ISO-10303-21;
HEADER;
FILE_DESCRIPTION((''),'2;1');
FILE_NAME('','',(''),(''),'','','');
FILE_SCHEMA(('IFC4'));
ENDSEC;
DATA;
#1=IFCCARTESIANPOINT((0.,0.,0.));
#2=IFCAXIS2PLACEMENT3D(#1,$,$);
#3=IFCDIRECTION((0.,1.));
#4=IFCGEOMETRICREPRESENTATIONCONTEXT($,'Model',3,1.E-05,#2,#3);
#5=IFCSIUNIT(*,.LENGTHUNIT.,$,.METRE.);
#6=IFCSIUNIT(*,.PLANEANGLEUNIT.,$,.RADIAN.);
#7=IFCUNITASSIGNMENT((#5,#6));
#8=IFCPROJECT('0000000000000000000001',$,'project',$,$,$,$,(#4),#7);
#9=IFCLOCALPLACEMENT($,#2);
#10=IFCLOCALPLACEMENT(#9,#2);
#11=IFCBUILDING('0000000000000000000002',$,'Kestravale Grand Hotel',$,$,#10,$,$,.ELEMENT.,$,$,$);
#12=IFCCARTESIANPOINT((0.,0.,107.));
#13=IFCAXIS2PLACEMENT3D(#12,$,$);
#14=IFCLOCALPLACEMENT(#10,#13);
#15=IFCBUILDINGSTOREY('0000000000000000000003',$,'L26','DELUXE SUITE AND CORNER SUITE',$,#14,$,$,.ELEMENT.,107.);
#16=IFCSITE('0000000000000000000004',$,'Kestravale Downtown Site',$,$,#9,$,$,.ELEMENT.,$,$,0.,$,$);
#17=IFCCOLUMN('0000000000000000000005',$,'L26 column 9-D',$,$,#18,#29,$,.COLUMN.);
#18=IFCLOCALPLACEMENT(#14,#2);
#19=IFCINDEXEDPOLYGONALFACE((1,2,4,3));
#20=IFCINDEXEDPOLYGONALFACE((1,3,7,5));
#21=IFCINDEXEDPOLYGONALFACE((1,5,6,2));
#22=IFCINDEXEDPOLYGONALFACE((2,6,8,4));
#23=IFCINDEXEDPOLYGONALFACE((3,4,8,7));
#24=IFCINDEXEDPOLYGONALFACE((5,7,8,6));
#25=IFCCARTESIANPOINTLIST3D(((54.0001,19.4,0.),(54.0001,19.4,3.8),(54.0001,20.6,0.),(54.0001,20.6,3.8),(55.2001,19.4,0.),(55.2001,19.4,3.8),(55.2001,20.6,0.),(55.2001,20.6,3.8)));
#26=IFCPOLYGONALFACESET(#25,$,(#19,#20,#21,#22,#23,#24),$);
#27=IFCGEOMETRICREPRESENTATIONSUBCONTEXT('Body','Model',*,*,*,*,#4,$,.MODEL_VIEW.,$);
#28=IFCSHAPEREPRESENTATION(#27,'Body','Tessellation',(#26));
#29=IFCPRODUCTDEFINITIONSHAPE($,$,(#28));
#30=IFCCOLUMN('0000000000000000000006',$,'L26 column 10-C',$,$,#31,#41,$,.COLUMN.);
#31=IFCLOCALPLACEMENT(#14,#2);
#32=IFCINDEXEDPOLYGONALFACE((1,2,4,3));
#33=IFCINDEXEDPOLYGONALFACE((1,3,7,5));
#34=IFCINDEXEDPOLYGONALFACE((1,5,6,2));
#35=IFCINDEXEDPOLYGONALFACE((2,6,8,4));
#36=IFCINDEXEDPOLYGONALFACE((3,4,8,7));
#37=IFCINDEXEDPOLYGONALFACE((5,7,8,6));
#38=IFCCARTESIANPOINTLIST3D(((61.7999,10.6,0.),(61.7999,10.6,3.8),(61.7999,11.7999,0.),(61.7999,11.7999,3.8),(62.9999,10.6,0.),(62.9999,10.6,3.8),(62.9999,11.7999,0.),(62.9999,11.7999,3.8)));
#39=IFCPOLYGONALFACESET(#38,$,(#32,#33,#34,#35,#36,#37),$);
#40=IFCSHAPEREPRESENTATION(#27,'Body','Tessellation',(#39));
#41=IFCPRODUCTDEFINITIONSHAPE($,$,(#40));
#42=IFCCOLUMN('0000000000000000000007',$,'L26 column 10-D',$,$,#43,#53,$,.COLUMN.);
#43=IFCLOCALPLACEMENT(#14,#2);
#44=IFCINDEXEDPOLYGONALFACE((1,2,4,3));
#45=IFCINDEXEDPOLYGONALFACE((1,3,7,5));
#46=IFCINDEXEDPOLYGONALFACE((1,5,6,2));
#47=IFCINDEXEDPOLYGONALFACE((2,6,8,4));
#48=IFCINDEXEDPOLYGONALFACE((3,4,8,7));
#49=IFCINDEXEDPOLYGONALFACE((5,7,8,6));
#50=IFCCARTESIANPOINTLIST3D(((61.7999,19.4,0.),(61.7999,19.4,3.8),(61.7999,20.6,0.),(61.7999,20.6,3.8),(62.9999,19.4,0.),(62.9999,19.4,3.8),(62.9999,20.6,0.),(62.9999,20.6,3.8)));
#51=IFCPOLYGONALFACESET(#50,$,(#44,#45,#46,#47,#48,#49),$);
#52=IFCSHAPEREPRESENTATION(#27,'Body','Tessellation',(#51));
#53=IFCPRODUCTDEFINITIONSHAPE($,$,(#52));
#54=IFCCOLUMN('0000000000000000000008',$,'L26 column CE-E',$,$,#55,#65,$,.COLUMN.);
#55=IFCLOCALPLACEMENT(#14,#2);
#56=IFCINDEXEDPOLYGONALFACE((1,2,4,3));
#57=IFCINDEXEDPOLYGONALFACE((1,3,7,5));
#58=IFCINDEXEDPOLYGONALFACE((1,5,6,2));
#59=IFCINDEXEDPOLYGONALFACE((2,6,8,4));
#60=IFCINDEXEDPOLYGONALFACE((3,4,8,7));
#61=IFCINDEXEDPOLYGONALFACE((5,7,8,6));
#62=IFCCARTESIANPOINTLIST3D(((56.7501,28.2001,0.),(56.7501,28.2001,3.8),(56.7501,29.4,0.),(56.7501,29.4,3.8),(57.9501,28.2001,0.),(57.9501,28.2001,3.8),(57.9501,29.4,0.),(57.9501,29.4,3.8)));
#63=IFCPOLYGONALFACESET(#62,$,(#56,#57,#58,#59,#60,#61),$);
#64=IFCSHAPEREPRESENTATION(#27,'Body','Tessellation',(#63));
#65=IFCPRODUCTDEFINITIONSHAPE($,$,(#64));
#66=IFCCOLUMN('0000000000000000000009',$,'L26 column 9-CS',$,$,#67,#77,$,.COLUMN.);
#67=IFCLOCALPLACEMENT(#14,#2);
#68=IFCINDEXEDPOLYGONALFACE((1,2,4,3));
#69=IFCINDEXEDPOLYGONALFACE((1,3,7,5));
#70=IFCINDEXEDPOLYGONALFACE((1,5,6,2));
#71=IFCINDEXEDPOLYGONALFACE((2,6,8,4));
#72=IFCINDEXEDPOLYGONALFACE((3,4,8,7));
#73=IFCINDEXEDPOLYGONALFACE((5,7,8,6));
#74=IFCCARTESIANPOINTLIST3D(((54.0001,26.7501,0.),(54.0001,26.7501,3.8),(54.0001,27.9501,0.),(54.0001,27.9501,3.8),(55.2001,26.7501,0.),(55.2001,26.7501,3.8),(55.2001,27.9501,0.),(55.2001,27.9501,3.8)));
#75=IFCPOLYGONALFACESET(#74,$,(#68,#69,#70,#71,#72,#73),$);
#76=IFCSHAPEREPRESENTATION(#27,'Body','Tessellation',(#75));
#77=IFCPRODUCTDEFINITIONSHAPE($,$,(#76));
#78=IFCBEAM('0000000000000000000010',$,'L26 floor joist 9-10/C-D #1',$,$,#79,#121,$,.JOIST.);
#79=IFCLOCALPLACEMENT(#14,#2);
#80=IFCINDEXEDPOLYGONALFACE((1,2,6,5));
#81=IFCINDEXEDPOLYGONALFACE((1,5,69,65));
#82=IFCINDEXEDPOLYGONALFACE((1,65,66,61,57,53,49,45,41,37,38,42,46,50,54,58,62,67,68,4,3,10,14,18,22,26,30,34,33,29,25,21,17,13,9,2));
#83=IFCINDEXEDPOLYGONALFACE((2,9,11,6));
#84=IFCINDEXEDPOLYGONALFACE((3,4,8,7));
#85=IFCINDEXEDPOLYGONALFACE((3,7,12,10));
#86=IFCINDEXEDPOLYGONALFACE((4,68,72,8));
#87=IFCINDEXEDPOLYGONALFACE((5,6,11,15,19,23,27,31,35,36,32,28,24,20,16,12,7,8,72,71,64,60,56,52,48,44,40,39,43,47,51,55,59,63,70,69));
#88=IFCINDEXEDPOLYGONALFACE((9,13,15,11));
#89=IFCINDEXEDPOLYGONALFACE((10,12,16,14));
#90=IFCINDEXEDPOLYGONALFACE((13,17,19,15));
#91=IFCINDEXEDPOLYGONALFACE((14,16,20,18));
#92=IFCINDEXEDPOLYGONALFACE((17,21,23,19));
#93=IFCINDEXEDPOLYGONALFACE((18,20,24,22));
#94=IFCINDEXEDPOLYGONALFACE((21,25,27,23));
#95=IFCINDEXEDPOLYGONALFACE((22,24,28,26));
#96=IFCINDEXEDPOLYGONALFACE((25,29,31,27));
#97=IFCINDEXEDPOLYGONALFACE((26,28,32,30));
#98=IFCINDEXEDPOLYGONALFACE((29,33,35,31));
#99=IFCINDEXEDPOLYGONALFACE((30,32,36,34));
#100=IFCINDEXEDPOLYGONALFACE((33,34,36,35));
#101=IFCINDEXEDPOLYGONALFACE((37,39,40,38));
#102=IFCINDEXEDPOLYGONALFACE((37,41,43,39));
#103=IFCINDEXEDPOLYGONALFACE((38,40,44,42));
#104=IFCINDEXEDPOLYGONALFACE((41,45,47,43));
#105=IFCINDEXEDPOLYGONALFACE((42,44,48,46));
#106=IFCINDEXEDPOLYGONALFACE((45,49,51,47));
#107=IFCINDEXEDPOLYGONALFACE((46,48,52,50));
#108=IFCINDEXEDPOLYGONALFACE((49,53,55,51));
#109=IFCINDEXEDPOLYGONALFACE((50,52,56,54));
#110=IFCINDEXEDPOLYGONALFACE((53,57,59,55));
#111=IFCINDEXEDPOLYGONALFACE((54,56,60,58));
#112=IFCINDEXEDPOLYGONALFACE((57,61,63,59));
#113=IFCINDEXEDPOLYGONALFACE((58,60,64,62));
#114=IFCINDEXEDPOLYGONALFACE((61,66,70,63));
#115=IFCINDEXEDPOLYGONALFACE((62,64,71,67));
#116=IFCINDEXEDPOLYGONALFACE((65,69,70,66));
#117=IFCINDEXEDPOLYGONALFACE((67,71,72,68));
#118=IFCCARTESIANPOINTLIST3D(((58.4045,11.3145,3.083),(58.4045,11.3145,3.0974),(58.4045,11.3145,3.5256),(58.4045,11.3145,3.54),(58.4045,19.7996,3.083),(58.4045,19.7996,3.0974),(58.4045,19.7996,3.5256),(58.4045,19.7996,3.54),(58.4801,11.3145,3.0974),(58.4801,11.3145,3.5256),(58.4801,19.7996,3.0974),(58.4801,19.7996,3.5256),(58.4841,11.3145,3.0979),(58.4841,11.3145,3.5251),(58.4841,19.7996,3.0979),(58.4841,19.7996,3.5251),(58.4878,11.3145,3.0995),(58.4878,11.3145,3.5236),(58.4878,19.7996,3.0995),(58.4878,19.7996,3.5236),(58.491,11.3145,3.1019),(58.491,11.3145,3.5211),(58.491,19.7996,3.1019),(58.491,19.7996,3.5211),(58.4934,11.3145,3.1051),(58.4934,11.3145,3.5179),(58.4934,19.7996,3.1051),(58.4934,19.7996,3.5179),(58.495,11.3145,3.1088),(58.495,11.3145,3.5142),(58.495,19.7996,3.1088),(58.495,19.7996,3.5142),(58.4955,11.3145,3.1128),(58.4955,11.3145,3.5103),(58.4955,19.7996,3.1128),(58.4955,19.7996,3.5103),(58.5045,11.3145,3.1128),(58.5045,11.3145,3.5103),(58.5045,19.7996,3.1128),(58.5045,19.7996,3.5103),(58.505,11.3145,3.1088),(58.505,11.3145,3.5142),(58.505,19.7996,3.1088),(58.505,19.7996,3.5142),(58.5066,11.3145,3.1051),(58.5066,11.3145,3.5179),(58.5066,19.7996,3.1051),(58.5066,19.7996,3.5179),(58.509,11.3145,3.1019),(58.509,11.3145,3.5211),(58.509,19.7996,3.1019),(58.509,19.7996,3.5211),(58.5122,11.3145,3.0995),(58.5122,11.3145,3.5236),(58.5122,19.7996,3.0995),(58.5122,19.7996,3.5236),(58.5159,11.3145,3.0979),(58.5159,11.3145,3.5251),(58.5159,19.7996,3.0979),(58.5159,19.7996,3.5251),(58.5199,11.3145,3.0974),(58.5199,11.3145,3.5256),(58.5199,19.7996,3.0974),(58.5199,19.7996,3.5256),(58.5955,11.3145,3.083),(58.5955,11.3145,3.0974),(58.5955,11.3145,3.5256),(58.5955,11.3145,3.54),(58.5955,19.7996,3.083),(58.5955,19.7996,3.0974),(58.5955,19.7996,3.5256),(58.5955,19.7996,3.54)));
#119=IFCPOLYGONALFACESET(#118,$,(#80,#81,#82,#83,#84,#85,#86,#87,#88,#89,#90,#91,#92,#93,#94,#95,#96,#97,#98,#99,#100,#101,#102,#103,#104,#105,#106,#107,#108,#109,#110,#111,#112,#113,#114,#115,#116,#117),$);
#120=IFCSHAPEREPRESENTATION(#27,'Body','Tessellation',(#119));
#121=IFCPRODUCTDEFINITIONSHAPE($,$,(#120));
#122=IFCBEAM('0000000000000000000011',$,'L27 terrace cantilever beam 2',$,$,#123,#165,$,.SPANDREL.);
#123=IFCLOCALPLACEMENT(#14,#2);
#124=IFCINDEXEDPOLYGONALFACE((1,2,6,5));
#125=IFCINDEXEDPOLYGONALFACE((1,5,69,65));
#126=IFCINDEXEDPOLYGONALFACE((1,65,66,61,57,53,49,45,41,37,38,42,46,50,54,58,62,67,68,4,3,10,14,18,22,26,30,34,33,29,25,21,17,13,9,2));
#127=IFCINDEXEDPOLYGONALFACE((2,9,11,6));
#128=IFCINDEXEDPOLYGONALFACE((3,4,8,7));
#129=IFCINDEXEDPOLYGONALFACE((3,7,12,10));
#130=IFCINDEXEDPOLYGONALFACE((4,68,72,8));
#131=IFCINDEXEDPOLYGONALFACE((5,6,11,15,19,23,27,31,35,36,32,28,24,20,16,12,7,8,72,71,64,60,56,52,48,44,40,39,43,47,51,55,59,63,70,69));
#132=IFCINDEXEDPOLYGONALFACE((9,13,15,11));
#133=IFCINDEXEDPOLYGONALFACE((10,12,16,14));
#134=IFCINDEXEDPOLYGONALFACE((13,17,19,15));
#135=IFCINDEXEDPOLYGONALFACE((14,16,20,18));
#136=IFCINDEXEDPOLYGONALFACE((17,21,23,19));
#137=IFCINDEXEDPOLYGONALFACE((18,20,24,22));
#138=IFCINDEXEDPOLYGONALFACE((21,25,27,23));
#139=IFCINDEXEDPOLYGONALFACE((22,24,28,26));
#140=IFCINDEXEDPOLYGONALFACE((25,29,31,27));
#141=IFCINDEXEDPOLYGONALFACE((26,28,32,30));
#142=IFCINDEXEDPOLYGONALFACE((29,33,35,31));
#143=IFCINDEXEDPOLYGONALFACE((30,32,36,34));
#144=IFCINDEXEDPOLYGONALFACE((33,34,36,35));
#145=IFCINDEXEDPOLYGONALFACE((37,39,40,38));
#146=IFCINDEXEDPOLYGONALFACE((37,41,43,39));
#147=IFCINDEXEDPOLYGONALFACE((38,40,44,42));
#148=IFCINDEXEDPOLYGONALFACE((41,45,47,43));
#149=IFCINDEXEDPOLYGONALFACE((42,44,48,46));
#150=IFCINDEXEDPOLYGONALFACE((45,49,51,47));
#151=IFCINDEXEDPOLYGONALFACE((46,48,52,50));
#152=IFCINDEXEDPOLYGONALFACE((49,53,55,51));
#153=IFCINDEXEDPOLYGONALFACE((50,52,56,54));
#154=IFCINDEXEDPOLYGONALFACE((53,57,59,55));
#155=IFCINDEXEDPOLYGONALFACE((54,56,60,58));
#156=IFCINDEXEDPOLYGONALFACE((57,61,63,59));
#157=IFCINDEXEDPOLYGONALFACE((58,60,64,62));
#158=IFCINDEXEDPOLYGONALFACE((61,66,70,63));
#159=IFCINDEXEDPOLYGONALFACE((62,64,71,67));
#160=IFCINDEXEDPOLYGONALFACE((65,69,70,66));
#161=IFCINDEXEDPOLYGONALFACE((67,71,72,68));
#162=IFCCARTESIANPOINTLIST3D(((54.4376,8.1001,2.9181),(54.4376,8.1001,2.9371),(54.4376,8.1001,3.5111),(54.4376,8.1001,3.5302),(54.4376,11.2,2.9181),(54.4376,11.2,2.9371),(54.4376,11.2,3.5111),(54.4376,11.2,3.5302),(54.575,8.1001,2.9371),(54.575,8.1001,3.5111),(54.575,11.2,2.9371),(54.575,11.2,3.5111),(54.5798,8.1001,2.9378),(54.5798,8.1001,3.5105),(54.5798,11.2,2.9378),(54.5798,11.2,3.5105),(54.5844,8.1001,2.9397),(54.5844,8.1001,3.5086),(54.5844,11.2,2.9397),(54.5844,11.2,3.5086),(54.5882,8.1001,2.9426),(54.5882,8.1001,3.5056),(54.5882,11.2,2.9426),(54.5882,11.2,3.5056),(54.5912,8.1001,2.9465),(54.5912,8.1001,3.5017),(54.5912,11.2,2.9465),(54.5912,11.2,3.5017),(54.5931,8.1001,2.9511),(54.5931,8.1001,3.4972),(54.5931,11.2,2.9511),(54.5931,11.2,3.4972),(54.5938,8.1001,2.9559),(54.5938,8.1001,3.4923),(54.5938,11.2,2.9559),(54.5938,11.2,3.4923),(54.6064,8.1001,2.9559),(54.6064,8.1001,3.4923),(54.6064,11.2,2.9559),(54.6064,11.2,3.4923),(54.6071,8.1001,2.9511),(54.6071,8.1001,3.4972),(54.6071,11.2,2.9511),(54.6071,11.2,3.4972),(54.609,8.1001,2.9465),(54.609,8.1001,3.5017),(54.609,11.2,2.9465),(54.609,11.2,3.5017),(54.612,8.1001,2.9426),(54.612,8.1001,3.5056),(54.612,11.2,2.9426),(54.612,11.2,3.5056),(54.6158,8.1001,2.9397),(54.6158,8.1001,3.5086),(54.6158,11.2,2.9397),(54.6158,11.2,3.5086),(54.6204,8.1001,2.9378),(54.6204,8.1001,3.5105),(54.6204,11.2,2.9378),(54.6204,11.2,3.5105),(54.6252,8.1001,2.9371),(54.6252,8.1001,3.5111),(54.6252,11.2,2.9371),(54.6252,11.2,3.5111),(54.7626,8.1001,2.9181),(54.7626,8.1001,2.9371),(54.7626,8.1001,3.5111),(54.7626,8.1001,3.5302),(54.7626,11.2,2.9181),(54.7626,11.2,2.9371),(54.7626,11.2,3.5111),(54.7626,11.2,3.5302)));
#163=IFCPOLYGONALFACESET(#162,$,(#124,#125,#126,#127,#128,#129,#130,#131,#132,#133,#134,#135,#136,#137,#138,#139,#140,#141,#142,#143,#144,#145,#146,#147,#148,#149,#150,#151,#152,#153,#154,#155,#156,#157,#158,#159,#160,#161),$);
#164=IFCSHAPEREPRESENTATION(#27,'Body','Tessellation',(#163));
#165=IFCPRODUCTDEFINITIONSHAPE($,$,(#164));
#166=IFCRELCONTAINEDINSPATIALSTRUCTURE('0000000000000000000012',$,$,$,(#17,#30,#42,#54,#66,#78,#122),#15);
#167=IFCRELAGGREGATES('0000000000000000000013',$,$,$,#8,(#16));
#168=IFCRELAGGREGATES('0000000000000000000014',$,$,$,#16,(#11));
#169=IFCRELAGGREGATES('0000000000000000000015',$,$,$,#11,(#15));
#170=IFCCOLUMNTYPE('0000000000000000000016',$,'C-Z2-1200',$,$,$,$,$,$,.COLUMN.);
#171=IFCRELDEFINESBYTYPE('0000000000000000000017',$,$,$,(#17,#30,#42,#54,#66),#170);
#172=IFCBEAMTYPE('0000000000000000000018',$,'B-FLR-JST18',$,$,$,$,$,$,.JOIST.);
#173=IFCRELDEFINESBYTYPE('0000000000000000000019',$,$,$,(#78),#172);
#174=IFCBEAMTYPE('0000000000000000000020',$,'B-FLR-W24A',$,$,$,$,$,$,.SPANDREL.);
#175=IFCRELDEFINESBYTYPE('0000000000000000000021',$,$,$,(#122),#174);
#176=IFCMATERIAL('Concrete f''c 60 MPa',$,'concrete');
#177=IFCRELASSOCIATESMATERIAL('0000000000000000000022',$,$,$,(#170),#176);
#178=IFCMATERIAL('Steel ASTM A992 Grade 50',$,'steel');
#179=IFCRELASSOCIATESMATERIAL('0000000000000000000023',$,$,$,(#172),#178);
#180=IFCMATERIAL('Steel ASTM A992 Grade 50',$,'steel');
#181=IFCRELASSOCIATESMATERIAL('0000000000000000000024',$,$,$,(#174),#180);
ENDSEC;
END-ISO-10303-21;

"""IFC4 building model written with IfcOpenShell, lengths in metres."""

from ifc_helpers import new_model, si_unit, direction, frame, origin, origin_2d, place, context, subcontext, project, spatial, rectangle, i_section, extrude, material, material_profile, profile_set, type_object, element, save


model = new_model("IFC4")

# Units and contexts
model_context = context("Model", 3, precision=1e-05, world=origin(), true_north=direction((0.0, 1.0)))
body_context = subcontext(model_context, "Body", "Model", "MODEL_VIEW")
ifc_project = project(units=[si_unit("LENGTHUNIT", "METRE"), si_unit("PLANEANGLEUNIT", "RADIAN")], contexts=[model_context])

# Site, building, storey
site_placement = place(None, origin())
site = spatial("IfcSite", under=ifc_project, at=site_placement, Name="Kestravale Downtown Site", CompositionType="ELEMENT", RefElevation=0.0)
building_placement = place(site_placement, origin())
building = spatial("IfcBuilding", under=site, at=building_placement, Name="Kestravale Grand Hotel", CompositionType="ELEMENT")
storey_placement = place(building_placement, frame((0.0, 0.0, 107.0)))
storey = spatial("IfcBuildingStorey", under=building, at=storey_placement, Name="L26", Description="DELUXE SUITE AND CORNER SUITE", CompositionType="ELEMENT", Elevation=107.0)

# Columns
ifc_material_1 = material(Name="Concrete f'c 60 MPa", Category="concrete")
ifc_material_profile_1 = material_profile(ifc_material_1, rectangle(XDim=1.2, YDim=1.2, at=origin_2d()))
ifc_profile_set_1 = profile_set([ifc_material_profile_1], Name="Concrete f'c 60 MPa")
column_type = type_object("IfcColumnType", Name="C-Z2-1200", PredefinedType="COLUMN", material=ifc_profile_set_1)
for number, where, z_axis, x_axis, name in (
    (1, (54.6001, 20.0, 0.0), (0.0, 0.0, 1.0), (1.0, 0.0, 0.0), "L26 column 9-D"),
    (2, (62.3999, 11.2, 0.0), (0.0, 0.0, 1.0), (1.0, 0.0, 0.0), "L26 column 10-C"),
    (3, (62.3999, 20.0, 0.0), (0.0, 0.0, 1.0), (1.0, 0.0, 0.0), "L26 column 10-D"),
    (4, (57.3501, 28.8, 0.0), (0.0, 0.0, 1.0), (1.0, 0.0, 0.0), "L26 column CE-E"),
    (5, (54.6001, 27.3501, 0.0), (0.0, 0.0, 1.0), (1.0, 0.0, 0.0), "L26 column 9-CS"),
):
    element("IfcColumn", number, at=place(storey_placement, frame(where, z_axis=z_axis, x_axis=x_axis)), inside=storey, type_object=column_type, Name=name, PredefinedType="COLUMN", context=body_context, shape_type="SweptSolid", body=[
        extrude(rectangle(XDim=1.2, YDim=1.2, at=origin_2d()), origin(), (0.0, 0.0, 1.0), 3.8),
    ])

# Beams
ifc_material_2 = material(Name="Steel ASTM A992 Grade 50", Category="steel")
ifc_material_profile_2 = material_profile(ifc_material_2, i_section(OverallWidth=0.1909, OverallDepth=0.457, WebThickness=0.009, FlangeThickness=0.0144, FilletRadius=0.0154, at=origin_2d()))
ifc_profile_set_2 = profile_set([ifc_material_profile_2], Name="Steel ASTM A992 Grade 50")
beam_type_1 = type_object("IfcBeamType", Name="B-FLR-JST18", PredefinedType="JOIST", material=ifc_profile_set_2)
beam_1_placement = place(storey_placement, frame((58.5, 11.3145, 3.3115), z_axis=(0.0, 1.0, 0.0), x_axis=(-1.0, 0.0, 0.0)))
element("IfcBeam", 6, at=beam_1_placement, inside=storey, type_object=beam_type_1, Name="L26 floor joist 9-10/C-D #1", PredefinedType="JOIST", context=body_context, shape_type="SweptSolid", body=[
    extrude(i_section(OverallWidth=0.1909, OverallDepth=0.457, WebThickness=0.009, FlangeThickness=0.0144, FilletRadius=0.0154, at=origin_2d()), origin(), (0.0, 0.0, 1.0), 8.4851),
])
ifc_material_3 = material(Name="Steel ASTM A992 Grade 50", Category="steel")
ifc_material_profile_3 = material_profile(ifc_material_3, i_section(OverallWidth=0.325, OverallDepth=0.6121, WebThickness=0.0127, FlangeThickness=0.019, FilletRadius=0.0188, at=origin_2d()))
ifc_profile_set_3 = profile_set([ifc_material_profile_3], Name="Steel ASTM A992 Grade 50")
beam_type_2 = type_object("IfcBeamType", Name="B-FLR-W24A", PredefinedType="SPANDREL", material=ifc_profile_set_3)
beam_2_placement = place(storey_placement, frame((54.6001, 11.2, 3.2241), z_axis=(0.0, -1.0, 0.0), x_axis=(1.0, 0.0, 0.0)))
element("IfcBeam", 7, at=beam_2_placement, inside=storey, type_object=beam_type_2, Name="L27 terrace cantilever beam 2", PredefinedType="SPANDREL", context=body_context, shape_type="SweptSolid", body=[
    extrude(i_section(OverallWidth=0.325, OverallDepth=0.6121, WebThickness=0.0127, FlangeThickness=0.019, FilletRadius=0.0188, at=origin_2d()), origin(), (0.0, 0.0, 1.0), 3.0999),
])

save(model, "model.ifc")
